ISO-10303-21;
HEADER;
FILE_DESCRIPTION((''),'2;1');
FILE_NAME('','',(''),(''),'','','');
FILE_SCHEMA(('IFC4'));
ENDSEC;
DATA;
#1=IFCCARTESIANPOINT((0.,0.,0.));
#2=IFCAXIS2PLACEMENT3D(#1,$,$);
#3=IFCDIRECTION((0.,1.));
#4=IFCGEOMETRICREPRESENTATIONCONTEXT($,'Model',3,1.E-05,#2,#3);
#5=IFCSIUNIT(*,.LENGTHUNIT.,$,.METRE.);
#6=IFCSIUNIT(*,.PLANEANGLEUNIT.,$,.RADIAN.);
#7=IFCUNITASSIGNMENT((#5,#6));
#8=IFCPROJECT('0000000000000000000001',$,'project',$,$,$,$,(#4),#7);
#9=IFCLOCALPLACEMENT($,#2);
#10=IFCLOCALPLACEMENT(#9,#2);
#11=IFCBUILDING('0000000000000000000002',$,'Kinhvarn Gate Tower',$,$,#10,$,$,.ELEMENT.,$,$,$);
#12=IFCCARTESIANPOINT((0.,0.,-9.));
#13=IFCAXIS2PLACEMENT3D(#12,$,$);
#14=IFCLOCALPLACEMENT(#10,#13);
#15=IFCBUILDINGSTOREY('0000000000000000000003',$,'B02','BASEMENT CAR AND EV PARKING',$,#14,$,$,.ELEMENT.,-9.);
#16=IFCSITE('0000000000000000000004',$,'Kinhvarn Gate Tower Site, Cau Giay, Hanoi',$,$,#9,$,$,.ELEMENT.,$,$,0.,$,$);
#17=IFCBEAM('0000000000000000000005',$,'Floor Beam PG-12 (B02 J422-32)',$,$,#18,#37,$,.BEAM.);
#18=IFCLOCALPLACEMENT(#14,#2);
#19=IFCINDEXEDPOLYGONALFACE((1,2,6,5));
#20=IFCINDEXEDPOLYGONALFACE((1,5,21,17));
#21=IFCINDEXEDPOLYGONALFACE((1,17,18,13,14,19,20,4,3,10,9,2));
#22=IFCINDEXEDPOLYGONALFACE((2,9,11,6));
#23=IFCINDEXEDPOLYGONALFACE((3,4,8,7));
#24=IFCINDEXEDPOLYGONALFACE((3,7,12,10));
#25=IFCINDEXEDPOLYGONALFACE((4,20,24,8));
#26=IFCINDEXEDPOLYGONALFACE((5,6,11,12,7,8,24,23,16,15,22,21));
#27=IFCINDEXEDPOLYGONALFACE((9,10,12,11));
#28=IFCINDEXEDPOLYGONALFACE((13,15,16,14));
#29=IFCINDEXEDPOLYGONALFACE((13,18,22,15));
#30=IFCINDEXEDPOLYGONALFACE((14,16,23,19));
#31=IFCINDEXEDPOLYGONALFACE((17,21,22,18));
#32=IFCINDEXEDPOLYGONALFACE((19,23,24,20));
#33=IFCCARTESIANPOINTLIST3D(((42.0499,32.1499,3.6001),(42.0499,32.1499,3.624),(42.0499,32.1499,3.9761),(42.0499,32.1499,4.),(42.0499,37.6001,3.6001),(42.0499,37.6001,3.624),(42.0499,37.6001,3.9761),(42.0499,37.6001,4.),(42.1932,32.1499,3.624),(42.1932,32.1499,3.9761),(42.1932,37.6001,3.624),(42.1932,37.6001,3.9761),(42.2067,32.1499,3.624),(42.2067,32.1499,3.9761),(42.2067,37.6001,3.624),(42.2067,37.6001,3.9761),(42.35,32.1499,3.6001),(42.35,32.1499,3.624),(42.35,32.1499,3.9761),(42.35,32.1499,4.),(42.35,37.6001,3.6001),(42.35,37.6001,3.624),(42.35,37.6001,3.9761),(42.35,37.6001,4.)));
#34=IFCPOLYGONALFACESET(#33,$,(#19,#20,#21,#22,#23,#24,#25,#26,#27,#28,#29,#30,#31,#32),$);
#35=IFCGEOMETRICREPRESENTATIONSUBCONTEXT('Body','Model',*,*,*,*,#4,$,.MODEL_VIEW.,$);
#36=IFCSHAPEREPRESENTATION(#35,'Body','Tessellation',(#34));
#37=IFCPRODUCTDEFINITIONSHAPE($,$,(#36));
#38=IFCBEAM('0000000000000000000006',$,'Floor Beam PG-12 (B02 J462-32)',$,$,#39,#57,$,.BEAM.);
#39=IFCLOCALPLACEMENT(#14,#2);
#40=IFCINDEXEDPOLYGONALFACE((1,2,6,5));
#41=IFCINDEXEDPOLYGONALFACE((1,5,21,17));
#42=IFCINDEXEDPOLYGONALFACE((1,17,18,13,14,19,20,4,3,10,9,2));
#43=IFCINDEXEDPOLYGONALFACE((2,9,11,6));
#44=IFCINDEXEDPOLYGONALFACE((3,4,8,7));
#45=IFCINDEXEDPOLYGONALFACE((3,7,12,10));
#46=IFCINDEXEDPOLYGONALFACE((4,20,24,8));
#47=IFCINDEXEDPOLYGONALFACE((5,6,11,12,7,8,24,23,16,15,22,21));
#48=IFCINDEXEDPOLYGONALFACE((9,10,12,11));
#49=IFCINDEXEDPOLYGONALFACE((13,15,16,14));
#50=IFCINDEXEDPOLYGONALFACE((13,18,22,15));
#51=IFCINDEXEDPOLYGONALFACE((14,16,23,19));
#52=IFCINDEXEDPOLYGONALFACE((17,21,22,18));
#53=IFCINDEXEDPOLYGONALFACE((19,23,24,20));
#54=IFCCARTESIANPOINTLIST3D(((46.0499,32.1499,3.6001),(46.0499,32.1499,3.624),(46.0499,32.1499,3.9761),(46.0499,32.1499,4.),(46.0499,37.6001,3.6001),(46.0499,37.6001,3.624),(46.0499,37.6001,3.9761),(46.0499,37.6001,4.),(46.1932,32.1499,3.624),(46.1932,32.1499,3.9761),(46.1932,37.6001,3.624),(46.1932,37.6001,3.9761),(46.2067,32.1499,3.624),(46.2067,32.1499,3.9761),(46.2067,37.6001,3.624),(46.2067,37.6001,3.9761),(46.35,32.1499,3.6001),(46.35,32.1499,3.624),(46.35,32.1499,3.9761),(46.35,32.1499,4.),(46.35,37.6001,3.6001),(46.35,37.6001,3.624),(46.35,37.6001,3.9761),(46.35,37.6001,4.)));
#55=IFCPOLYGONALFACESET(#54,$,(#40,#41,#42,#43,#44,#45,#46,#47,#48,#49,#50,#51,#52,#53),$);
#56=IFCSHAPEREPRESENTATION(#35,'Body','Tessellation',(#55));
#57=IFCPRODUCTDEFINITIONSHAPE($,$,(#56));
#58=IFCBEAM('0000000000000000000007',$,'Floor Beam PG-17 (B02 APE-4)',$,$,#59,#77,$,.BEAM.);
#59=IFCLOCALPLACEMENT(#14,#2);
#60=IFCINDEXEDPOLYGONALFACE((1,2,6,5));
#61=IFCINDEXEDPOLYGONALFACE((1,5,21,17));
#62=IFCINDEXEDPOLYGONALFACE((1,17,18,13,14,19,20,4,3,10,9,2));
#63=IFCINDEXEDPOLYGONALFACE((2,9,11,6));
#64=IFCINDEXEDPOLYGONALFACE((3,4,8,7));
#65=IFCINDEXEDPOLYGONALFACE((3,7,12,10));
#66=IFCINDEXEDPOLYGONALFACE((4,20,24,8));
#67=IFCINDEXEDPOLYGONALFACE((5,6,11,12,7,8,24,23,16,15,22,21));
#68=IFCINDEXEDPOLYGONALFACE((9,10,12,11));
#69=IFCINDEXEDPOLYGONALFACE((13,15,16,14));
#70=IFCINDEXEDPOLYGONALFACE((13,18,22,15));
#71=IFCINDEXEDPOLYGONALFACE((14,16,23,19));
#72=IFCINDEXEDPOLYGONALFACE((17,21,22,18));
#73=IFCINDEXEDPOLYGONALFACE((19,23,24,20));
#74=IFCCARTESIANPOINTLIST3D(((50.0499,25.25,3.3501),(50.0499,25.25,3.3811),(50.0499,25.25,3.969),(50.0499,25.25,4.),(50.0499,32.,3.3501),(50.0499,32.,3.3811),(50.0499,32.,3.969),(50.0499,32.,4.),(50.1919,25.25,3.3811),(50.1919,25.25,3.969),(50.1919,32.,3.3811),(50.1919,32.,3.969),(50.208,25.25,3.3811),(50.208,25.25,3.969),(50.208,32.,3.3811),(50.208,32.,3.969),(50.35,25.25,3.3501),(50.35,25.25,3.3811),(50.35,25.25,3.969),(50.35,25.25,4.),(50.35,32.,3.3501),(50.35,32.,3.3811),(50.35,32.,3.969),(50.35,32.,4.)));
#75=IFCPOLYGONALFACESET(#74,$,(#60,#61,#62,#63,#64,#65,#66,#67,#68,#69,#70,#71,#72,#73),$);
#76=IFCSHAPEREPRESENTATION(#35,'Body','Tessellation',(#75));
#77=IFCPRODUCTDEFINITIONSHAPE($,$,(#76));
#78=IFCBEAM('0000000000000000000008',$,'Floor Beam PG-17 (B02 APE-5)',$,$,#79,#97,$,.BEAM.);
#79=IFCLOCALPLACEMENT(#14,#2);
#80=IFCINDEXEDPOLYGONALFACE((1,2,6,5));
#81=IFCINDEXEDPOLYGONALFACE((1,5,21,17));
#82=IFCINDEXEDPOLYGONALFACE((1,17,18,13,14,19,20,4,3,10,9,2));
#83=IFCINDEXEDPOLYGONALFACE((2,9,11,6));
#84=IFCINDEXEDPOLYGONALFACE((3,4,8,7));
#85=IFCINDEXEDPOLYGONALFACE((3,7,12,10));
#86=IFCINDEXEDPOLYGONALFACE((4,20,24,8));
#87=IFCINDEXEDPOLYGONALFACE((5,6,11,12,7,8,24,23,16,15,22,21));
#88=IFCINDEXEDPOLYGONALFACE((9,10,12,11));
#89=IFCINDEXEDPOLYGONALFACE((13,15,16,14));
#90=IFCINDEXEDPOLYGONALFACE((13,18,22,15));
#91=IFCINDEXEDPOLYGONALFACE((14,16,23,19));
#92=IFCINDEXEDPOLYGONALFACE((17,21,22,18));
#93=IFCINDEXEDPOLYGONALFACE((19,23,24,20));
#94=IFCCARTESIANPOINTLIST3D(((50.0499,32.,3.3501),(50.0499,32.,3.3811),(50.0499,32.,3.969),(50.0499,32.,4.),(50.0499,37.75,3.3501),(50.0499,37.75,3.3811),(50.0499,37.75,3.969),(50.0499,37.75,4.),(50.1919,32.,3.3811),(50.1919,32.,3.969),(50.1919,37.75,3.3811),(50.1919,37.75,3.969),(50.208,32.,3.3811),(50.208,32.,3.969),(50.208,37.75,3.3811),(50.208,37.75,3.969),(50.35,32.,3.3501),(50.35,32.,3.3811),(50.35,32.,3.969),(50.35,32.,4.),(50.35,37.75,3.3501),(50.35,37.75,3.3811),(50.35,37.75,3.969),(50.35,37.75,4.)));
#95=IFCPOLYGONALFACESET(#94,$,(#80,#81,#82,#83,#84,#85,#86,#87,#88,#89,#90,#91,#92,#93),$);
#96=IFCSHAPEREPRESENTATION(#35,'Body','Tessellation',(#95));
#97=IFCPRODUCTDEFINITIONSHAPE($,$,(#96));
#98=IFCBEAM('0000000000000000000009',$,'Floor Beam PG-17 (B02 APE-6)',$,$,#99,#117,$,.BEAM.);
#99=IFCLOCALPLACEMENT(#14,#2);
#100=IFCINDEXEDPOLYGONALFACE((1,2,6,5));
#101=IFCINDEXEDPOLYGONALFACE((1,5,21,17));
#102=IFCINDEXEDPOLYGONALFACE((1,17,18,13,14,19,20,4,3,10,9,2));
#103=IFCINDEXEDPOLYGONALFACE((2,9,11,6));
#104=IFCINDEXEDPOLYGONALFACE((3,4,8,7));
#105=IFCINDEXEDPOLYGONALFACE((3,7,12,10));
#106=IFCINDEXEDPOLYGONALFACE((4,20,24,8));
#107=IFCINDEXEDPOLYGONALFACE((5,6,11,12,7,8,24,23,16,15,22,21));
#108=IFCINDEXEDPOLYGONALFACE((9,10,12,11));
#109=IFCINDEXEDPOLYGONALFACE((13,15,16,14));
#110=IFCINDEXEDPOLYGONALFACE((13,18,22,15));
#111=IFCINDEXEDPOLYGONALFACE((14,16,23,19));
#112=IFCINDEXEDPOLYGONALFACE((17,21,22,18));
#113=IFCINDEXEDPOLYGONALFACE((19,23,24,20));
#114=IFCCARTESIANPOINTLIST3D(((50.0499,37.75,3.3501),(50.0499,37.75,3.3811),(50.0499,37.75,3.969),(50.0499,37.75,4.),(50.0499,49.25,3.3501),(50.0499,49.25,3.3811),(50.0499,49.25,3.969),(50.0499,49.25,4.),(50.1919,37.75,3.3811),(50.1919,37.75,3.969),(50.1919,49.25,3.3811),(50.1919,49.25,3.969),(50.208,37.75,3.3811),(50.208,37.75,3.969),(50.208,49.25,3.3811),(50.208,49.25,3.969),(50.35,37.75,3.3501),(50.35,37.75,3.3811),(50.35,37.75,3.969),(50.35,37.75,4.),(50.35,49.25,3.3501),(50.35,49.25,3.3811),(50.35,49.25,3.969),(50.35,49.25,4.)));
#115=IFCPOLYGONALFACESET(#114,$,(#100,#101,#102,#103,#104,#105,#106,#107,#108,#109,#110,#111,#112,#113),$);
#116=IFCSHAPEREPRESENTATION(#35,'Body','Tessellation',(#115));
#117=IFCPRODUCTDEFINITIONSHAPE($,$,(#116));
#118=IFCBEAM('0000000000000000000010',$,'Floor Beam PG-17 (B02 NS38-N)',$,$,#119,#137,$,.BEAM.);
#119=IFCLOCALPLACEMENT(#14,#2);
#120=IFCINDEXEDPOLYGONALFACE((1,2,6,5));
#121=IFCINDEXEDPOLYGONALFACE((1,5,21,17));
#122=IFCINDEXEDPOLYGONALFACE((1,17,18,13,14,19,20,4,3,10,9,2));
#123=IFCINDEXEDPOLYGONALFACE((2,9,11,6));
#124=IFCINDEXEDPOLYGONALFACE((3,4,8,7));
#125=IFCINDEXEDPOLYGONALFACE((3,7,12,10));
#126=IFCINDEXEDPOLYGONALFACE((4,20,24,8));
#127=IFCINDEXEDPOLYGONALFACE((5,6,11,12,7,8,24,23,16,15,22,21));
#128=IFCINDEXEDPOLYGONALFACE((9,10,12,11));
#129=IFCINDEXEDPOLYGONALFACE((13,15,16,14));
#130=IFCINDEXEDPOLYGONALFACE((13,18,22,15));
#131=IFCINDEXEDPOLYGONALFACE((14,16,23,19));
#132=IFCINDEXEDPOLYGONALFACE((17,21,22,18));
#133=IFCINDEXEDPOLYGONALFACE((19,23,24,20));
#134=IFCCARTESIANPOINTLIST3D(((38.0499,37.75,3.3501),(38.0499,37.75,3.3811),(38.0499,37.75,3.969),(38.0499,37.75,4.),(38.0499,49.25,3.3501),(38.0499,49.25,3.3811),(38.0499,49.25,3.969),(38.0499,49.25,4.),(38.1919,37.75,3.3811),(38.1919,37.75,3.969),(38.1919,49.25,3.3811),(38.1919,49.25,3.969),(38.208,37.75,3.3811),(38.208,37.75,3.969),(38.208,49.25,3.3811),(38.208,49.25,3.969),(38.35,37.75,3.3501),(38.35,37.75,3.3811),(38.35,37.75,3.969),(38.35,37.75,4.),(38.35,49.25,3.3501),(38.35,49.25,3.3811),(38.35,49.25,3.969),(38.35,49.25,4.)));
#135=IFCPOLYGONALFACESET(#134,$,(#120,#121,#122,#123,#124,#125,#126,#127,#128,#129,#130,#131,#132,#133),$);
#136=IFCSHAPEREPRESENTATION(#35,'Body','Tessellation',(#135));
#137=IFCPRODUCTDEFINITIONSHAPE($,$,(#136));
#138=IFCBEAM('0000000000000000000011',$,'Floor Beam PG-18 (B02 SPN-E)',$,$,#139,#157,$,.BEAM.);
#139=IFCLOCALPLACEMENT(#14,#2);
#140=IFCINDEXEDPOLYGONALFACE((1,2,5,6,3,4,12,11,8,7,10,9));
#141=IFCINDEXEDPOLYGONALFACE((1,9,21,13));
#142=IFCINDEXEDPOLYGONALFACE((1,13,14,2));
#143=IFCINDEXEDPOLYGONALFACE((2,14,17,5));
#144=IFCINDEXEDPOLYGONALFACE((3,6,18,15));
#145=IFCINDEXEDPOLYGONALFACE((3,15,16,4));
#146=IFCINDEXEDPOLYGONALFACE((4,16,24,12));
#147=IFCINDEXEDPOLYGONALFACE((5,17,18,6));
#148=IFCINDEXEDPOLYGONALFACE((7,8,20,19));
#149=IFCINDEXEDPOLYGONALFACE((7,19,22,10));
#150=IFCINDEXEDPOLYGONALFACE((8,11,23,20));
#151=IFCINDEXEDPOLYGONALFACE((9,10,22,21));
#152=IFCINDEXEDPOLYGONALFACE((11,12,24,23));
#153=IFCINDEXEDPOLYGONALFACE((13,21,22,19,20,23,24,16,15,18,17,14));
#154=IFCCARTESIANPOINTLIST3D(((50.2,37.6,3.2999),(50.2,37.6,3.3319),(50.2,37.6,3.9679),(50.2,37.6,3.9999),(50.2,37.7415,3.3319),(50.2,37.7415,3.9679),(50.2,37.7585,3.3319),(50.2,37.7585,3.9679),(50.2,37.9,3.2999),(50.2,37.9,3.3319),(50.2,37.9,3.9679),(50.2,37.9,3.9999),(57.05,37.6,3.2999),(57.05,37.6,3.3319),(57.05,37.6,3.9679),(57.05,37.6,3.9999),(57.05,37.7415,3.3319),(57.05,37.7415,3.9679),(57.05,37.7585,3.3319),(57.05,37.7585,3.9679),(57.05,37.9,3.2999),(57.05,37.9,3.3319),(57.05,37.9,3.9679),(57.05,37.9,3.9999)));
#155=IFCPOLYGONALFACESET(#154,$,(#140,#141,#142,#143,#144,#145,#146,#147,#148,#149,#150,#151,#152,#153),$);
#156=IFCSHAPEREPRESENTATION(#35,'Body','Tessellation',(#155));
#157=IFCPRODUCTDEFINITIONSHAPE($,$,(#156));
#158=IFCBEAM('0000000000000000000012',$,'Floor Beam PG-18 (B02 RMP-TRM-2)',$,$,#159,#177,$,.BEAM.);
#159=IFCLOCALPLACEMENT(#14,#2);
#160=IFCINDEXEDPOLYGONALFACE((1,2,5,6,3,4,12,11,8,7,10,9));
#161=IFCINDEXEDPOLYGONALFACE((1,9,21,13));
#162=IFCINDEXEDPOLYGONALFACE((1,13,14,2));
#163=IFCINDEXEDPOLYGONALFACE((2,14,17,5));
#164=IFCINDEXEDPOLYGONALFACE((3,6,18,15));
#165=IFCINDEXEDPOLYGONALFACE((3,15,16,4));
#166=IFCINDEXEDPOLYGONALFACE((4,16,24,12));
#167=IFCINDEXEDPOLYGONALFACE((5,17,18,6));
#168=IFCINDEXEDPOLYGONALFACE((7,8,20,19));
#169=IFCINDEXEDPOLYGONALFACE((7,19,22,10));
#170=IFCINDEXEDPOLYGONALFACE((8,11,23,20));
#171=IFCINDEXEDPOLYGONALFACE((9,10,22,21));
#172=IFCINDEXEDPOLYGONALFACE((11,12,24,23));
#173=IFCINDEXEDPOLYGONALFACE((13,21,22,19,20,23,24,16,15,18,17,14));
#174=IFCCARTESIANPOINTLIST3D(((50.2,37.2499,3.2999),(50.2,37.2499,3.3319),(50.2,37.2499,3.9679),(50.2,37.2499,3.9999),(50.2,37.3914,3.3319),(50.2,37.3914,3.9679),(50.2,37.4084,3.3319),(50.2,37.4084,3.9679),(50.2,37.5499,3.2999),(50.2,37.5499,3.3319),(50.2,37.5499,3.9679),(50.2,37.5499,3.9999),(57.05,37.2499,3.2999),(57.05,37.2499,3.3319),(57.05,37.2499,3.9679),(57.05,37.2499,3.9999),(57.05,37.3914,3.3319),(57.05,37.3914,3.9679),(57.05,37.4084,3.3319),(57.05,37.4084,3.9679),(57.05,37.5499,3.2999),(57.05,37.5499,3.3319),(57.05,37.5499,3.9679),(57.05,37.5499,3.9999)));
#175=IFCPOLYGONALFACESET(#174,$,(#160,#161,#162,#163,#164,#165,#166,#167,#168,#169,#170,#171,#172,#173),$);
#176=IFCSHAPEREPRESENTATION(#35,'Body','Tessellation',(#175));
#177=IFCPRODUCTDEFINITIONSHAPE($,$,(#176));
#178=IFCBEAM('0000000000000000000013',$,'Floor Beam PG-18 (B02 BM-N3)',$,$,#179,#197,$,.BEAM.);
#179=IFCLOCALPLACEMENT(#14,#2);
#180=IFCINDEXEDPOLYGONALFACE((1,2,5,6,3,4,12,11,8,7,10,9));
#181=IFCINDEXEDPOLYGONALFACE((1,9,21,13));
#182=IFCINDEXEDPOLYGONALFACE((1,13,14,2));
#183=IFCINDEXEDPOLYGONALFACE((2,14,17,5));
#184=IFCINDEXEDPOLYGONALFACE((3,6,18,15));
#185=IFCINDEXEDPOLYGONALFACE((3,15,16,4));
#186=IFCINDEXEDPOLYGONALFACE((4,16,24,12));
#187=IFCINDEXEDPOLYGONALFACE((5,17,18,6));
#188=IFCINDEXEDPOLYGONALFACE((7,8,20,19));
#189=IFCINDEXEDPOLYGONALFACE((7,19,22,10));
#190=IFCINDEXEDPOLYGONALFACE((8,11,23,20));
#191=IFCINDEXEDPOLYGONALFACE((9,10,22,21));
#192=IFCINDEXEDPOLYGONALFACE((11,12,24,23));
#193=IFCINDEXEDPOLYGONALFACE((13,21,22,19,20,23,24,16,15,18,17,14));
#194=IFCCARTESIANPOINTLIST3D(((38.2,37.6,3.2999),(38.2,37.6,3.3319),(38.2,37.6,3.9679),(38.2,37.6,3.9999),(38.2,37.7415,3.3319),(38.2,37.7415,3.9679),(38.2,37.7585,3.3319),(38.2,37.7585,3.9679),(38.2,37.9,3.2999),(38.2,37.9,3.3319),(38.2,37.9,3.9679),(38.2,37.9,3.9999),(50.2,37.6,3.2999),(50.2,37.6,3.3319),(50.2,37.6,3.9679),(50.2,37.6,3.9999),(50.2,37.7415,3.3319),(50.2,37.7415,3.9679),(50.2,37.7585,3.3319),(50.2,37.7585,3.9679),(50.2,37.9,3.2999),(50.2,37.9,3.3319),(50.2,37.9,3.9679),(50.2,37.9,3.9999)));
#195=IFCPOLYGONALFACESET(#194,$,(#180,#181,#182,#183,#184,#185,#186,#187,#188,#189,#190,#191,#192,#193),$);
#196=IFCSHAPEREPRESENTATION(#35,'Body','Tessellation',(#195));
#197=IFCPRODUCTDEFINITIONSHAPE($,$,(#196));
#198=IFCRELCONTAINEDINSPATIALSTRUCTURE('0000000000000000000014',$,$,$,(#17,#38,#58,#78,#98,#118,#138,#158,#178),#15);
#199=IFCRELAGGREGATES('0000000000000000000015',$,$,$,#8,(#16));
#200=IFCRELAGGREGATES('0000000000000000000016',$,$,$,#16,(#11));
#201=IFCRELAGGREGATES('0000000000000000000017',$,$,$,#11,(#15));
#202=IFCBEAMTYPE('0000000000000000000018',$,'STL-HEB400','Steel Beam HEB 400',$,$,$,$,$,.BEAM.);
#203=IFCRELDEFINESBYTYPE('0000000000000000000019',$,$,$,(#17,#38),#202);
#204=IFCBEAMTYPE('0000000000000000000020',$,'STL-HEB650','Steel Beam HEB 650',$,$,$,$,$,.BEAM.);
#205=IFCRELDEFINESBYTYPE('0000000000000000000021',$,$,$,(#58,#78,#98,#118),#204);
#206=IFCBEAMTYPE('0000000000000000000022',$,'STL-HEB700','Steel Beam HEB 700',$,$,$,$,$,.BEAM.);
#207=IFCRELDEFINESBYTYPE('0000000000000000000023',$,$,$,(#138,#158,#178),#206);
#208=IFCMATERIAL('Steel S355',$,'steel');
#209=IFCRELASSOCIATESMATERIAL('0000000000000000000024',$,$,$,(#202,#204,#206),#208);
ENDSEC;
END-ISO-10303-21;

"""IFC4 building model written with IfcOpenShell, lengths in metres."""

from ifc_helpers import new_model, si_unit, direction, frame, origin, origin_2d, place, context, subcontext, project, spatial, i_section, extrude, material, material_profile, profile_set, type_object, element, save


model = new_model("IFC4")

# Units and contexts
model_context = context("Model", 3, precision=1e-05, world=origin(), true_north=direction((0.0, 1.0)))
body_context = subcontext(model_context, "Body", "Model", "MODEL_VIEW")
ifc_project = project(units=[si_unit("LENGTHUNIT", "METRE"), si_unit("PLANEANGLEUNIT", "RADIAN")], contexts=[model_context])

# Site, building, storey
site_placement = place(None, origin())
site = spatial("IfcSite", under=ifc_project, at=site_placement, Name="Kinhvarn Gate Tower Site, Cau Giay, Hanoi", CompositionType="ELEMENT", RefElevation=0.0)
building_placement = place(site_placement, origin())
building = spatial("IfcBuilding", under=site, at=building_placement, Name="Kinhvarn Gate Tower", CompositionType="ELEMENT")
storey_placement = place(building_placement, frame((0.0, 0.0, -9.0)))
storey = spatial("IfcBuildingStorey", under=building, at=storey_placement, Name="B02", Description="BASEMENT CAR AND EV PARKING", CompositionType="ELEMENT", Elevation=-9.0)

# Beams
ifc_material_1 = material(Name="Steel S355", Category="steel")
ifc_material_profile_1 = material_profile(ifc_material_1, i_section(OverallWidth=0.3, OverallDepth=0.3999, WebThickness=0.0134, FlangeThickness=0.0239, at=origin_2d()), Name="HEB 400")
ifc_profile_set_1 = profile_set([ifc_material_profile_1], Name="Steel S355")
beam_type_1 = type_object("IfcBeamType", Name="STL-HEB400", Description="Steel Beam HEB 400", PredefinedType="BEAM", material=ifc_profile_set_1)
for number, where, z_axis, x_axis, name in (
    (1, (42.2, 32.1499, 3.8), (0.0, 1.0, 0.0), (-1.0, 0.0, 0.0), "Floor Beam PG-12 (B02 J422-32)"),
    (2, (46.2, 32.1499, 3.8), (0.0, 1.0, 0.0), (-1.0, 0.0, 0.0), "Floor Beam PG-12 (B02 J462-32)"),
):
    element("IfcBeam", number, at=place(storey_placement, frame(where, z_axis=z_axis, x_axis=x_axis)), inside=storey, type_object=beam_type_1, Name=name, PredefinedType="BEAM", context=body_context, shape_type="SweptSolid", body=[
        extrude(i_section(OverallWidth=0.3, OverallDepth=0.3999, WebThickness=0.0134, FlangeThickness=0.0239, at=origin_2d()), origin(), (0.0, 0.0, 1.0), 5.4502),
    ])
ifc_material_profile_2 = material_profile(ifc_material_1, i_section(OverallWidth=0.3, OverallDepth=0.6499, WebThickness=0.0161, FlangeThickness=0.031, at=origin_2d()), Name="HEB 650")
ifc_profile_set_2 = profile_set([ifc_material_profile_2], Name="Steel S355")
beam_type_2 = type_object("IfcBeamType", Name="STL-HEB650", Description="Steel Beam HEB 650", PredefinedType="BEAM", material=ifc_profile_set_2)
beam_1_placement = place(storey_placement, frame((50.2, 25.25, 3.675), z_axis=(0.0, 1.0, 0.0), x_axis=(-1.0, 0.0, 0.0)))
element("IfcBeam", 3, at=beam_1_placement, inside=storey, type_object=beam_type_2, Name="Floor Beam PG-17 (B02 APE-4)", PredefinedType="BEAM", context=body_context, shape_type="SweptSolid", body=[
    extrude(i_section(OverallWidth=0.3, OverallDepth=0.6499, WebThickness=0.0161, FlangeThickness=0.031, at=origin_2d()), origin(), (0.0, 0.0, 1.0), 6.75),
])
beam_2_placement = place(storey_placement, frame((50.2, 32.0, 3.675), z_axis=(0.0, 1.0, 0.0), x_axis=(-1.0, 0.0, 0.0)))
element("IfcBeam", 4, at=beam_2_placement, inside=storey, type_object=beam_type_2, Name="Floor Beam PG-17 (B02 APE-5)", PredefinedType="BEAM", context=body_context, shape_type="SweptSolid", body=[
    extrude(i_section(OverallWidth=0.3, OverallDepth=0.6499, WebThickness=0.0161, FlangeThickness=0.031, at=origin_2d()), origin(), (0.0, 0.0, 1.0), 5.75),
])
for number, where, z_axis, x_axis, name in (
    (5, (50.2, 37.75, 3.675), (0.0, 1.0, 0.0), (-1.0, 0.0, 0.0), "Floor Beam PG-17 (B02 APE-6)"),
    (6, (38.2, 37.75, 3.675), (0.0, 1.0, 0.0), (-1.0, 0.0, 0.0), "Floor Beam PG-17 (B02 NS38-N)"),
):
    element("IfcBeam", number, at=place(storey_placement, frame(where, z_axis=z_axis, x_axis=x_axis)), inside=storey, type_object=beam_type_2, Name=name, PredefinedType="BEAM", context=body_context, shape_type="SweptSolid", body=[
        extrude(i_section(OverallWidth=0.3, OverallDepth=0.6499, WebThickness=0.0161, FlangeThickness=0.031, at=origin_2d()), origin(), (0.0, 0.0, 1.0), 11.5),
    ])
ifc_material_profile_3 = material_profile(ifc_material_1, i_section(OverallWidth=0.3, OverallDepth=0.7, WebThickness=0.0171, FlangeThickness=0.032, at=origin_2d()), Name="HEB 700")
ifc_profile_set_3 = profile_set([ifc_material_profile_3], Name="Steel S355")
beam_type_3 = type_object("IfcBeamType", Name="STL-HEB700", Description="Steel Beam HEB 700", PredefinedType="BEAM", material=ifc_profile_set_3)
for number, where, z_axis, x_axis, name in (
    (7, (50.2, 37.75, 3.6499), (1.0, 0.0, 0.0), (0.0, 1.0, 0.0), "Floor Beam PG-18 (B02 SPN-E)"),
    (8, (50.2, 37.3999, 3.6499), (1.0, 0.0, 0.0), (0.0, 1.0, 0.0), "Floor Beam PG-18 (B02 RMP-TRM-2)"),
):
    element("IfcBeam", number, at=place(storey_placement, frame(where, z_axis=z_axis, x_axis=x_axis)), inside=storey, type_object=beam_type_3, Name=name, PredefinedType="BEAM", context=body_context, shape_type="SweptSolid", body=[
        extrude(i_section(OverallWidth=0.3, OverallDepth=0.7, WebThickness=0.0171, FlangeThickness=0.032, at=origin_2d()), origin(), (0.0, 0.0, 1.0), 6.8501),
    ])
beam_3_placement = place(storey_placement, frame((38.2, 37.75, 3.6499), z_axis=(1.0, 0.0, 0.0), x_axis=(0.0, 1.0, 0.0)))
element("IfcBeam", 9, at=beam_3_placement, inside=storey, type_object=beam_type_3, Name="Floor Beam PG-18 (B02 BM-N3)", PredefinedType="BEAM", context=body_context, shape_type="SweptSolid", body=[
    extrude(i_section(OverallWidth=0.3, OverallDepth=0.7, WebThickness=0.0171, FlangeThickness=0.032, at=origin_2d()), origin(), (0.0, 0.0, 1.0), 12.0),
])

save(model, "model.ifc")
